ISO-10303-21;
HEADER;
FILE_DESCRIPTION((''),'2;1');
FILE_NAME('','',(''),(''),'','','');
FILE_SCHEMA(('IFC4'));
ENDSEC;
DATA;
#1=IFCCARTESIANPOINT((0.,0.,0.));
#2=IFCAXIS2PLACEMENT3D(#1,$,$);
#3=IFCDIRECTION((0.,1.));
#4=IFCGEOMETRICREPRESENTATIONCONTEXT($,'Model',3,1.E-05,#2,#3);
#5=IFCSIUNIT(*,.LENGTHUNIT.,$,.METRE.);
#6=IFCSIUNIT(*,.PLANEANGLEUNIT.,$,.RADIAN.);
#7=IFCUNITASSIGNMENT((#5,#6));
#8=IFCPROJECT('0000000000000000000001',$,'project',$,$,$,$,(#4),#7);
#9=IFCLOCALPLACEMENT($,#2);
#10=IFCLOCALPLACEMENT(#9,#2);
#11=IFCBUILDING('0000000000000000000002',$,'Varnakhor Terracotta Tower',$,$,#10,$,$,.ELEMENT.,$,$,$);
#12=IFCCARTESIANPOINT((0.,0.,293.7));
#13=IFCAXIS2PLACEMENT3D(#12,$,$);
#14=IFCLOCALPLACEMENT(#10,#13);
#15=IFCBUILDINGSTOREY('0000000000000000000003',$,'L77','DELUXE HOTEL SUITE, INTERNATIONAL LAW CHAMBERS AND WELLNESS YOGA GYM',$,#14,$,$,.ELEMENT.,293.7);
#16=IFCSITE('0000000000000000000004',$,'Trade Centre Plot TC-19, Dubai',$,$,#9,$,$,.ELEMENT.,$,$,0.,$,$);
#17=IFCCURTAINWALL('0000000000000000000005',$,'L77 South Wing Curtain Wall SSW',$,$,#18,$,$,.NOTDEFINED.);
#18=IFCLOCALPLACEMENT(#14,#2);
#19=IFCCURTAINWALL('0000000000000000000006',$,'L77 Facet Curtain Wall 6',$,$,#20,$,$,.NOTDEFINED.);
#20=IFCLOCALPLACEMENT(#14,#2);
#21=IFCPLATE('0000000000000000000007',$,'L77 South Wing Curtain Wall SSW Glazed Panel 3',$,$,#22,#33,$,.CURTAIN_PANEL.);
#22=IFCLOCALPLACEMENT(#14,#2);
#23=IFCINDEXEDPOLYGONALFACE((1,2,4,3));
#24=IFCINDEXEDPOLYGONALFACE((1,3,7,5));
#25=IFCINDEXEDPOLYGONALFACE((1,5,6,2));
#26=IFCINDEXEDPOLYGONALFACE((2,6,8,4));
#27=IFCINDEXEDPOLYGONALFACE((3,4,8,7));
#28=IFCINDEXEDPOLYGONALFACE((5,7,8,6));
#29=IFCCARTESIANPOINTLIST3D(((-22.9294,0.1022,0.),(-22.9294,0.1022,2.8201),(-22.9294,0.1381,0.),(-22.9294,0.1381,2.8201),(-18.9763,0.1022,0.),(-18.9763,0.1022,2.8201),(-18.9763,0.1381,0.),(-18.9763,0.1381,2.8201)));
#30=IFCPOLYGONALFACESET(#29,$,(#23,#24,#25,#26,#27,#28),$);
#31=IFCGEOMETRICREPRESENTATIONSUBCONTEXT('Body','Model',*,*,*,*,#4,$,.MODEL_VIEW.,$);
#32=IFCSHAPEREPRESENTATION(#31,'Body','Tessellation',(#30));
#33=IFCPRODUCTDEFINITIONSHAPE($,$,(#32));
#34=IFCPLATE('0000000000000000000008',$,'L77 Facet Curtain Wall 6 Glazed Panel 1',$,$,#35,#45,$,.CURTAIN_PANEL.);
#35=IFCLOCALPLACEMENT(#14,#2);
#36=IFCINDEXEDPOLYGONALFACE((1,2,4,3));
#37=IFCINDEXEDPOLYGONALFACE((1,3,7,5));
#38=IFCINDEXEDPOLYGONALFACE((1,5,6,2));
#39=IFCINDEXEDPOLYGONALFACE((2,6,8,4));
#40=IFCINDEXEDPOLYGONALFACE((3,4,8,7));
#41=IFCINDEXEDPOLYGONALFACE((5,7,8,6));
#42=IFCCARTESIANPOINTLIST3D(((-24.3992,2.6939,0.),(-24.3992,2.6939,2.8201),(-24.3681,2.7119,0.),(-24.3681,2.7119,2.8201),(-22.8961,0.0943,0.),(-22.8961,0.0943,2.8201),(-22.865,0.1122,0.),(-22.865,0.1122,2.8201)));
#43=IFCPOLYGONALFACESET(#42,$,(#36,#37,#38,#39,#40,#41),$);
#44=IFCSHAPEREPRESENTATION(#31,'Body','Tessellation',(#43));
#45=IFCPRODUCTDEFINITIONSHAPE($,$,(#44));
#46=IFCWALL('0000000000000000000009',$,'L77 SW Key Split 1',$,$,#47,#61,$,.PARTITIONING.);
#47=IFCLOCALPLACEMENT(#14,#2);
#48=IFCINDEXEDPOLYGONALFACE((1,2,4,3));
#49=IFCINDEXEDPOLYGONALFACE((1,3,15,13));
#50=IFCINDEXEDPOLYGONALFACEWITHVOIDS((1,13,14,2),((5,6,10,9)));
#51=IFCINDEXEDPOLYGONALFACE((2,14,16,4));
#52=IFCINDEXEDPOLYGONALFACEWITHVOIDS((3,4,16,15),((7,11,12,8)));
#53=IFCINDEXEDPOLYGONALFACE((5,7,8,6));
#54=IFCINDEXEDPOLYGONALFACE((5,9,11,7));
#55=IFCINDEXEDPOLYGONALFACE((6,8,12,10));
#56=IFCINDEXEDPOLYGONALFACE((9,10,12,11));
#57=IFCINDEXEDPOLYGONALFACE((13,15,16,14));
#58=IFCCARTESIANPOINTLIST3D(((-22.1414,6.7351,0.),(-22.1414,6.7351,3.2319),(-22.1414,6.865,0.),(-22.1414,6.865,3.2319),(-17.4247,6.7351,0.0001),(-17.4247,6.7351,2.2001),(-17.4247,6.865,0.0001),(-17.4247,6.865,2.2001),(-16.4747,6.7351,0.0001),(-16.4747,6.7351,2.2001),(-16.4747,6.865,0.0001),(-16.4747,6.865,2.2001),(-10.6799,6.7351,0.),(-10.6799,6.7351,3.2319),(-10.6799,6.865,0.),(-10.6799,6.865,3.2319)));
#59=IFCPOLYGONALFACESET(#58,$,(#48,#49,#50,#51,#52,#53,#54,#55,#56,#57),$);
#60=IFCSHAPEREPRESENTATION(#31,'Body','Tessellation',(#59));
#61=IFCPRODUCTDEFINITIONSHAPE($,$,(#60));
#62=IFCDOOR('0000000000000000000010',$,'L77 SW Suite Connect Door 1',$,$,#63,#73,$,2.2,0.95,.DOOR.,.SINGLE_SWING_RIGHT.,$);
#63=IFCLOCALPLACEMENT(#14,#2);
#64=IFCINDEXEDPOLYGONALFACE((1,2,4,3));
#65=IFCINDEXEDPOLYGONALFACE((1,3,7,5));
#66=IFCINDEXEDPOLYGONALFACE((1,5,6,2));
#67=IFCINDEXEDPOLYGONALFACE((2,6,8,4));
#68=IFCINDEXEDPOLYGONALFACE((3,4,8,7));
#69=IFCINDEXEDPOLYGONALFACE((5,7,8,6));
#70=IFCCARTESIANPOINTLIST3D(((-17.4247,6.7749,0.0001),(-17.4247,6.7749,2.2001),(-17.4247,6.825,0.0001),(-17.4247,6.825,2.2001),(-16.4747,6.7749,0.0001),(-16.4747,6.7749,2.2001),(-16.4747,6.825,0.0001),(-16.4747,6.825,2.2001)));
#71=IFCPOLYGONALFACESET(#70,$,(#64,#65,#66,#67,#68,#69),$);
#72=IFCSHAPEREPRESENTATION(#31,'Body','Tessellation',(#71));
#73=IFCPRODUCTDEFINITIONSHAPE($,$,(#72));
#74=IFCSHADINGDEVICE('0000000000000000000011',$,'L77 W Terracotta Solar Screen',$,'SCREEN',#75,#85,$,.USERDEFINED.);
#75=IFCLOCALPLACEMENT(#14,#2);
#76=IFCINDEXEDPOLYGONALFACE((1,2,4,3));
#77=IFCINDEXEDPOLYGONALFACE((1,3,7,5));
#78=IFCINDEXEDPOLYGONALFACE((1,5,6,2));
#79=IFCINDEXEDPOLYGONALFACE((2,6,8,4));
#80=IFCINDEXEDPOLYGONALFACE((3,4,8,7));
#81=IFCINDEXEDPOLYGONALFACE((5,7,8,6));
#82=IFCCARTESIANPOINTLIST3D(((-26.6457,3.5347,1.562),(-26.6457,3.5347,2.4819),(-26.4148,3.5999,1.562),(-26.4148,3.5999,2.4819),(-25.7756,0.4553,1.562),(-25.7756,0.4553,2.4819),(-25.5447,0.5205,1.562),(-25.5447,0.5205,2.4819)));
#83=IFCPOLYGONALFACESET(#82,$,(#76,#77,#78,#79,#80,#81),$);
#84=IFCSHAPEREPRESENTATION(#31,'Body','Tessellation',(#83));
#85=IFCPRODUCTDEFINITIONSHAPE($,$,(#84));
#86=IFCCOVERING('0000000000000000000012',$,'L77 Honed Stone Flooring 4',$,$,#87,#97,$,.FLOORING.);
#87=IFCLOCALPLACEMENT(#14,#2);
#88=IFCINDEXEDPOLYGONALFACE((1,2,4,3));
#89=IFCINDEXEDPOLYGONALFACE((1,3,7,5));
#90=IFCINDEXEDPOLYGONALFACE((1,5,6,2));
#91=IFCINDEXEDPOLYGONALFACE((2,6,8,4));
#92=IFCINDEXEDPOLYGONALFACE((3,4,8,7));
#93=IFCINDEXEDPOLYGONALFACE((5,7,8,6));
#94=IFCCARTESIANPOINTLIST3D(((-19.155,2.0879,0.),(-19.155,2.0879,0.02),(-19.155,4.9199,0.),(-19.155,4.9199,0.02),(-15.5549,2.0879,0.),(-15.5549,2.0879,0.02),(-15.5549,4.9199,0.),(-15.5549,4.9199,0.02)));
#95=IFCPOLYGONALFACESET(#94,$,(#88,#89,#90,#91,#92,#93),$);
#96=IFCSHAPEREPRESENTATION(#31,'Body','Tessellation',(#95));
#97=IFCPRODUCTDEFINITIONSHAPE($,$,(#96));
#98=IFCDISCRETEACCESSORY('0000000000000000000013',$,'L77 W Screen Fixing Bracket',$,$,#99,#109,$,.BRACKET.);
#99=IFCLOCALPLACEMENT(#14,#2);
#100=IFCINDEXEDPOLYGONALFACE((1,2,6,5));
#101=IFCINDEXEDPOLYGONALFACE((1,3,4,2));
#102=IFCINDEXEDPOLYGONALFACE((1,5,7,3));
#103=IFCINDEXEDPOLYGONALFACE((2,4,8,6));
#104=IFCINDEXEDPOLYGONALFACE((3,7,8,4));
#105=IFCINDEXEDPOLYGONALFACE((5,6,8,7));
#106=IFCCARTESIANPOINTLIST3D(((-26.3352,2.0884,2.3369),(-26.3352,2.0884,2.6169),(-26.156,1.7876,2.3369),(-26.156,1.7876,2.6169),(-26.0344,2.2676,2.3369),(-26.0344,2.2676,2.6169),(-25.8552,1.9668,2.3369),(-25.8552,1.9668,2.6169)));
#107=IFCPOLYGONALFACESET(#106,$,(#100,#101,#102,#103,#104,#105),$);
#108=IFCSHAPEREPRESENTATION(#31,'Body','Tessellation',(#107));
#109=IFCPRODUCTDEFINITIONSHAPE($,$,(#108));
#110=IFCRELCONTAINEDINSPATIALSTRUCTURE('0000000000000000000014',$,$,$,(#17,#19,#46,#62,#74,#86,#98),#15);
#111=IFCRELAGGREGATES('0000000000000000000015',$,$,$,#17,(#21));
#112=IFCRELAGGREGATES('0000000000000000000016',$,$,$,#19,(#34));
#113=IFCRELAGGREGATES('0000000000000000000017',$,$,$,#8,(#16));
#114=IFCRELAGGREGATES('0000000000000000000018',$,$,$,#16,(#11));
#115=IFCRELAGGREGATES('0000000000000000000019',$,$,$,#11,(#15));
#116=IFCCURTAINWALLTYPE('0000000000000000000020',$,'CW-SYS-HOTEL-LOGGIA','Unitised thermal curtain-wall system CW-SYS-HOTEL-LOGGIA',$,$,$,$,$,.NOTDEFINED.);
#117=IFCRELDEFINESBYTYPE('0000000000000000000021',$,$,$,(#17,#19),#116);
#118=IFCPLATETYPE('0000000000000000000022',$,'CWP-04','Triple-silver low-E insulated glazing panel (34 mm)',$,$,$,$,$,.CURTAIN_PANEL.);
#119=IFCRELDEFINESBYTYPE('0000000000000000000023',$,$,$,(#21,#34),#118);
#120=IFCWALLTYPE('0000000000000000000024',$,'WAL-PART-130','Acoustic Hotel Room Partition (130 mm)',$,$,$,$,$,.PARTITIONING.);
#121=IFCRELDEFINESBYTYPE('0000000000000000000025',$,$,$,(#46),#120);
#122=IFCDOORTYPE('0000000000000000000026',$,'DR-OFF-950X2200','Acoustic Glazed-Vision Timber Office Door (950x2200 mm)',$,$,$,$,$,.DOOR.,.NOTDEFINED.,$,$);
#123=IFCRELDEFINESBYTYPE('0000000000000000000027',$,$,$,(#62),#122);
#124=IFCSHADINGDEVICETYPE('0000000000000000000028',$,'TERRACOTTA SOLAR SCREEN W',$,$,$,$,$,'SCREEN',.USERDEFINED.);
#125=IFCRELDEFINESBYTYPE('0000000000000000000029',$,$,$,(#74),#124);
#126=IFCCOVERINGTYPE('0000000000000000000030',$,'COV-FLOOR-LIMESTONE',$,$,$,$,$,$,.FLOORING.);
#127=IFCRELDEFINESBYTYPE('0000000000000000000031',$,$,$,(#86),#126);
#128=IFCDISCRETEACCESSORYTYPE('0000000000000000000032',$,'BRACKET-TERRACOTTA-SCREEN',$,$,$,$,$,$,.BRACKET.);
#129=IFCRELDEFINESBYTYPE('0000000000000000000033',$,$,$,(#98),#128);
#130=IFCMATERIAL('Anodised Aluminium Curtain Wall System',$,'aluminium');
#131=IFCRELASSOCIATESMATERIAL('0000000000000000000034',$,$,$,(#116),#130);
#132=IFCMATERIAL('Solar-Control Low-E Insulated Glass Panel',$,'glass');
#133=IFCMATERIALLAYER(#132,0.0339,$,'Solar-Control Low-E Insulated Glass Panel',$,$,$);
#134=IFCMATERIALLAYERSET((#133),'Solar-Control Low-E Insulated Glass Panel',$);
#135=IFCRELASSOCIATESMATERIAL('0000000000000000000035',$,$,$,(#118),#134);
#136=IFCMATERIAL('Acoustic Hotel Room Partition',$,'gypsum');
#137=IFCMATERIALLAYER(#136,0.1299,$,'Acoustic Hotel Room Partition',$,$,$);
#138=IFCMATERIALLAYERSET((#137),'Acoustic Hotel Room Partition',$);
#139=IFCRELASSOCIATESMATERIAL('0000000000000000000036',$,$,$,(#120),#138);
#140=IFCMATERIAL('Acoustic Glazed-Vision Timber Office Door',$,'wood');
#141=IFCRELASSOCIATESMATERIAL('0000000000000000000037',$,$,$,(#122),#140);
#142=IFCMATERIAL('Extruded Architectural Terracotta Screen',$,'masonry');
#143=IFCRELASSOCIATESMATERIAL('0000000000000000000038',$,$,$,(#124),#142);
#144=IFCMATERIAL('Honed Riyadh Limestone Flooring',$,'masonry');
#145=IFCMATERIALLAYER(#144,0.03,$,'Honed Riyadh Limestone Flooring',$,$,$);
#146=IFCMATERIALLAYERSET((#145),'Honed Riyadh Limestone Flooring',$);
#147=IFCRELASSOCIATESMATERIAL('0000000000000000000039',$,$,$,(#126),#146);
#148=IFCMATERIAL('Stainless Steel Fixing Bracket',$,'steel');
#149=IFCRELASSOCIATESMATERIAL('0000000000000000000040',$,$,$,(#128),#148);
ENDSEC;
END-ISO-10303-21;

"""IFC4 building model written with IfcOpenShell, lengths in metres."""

from ifc_helpers import new_model, si_unit, direction, frame, frame_2d, origin, origin_2d, place, context, subcontext, project, spatial, rectangle, extrude, source, transform, mapped, material, layer, layer_set, type_object, type_shapes, element, fill, aggregate, save


model = new_model("IFC4")

# Units and contexts
model_context = context("Model", 3, precision=1e-05, world=origin(), true_north=direction((0.0, 1.0)))
body_context = subcontext(model_context, "Body", "Model", "MODEL_VIEW")
ifc_project = project(units=[si_unit("LENGTHUNIT", "METRE"), si_unit("PLANEANGLEUNIT", "RADIAN")], contexts=[model_context])

# Site, building, storey
site_placement = place(None, origin())
site = spatial("IfcSite", under=ifc_project, at=site_placement, Name="Trade Centre Plot TC-19, Dubai", CompositionType="ELEMENT", RefElevation=0.0)
building_placement = place(site_placement, origin())
building = spatial("IfcBuilding", under=site, at=building_placement, Name="Varnakhor Terracotta Tower", CompositionType="ELEMENT")
storey_placement = place(building_placement, frame((0.0, 0.0, 293.7)))
storey = spatial("IfcBuildingStorey", under=building, at=storey_placement, Name="L77", Description="DELUXE HOTEL SUITE, INTERNATIONAL LAW CHAMBERS AND WELLNESS YOGA GYM", CompositionType="ELEMENT", Elevation=293.7)

# Curtain wall
ifc_material_1 = material(Name="Anodised Aluminium Curtain Wall System", Category="aluminium")
curtain_wall_type = type_object("IfcCurtainWallType", Name="CW-SYS-HOTEL-LOGGIA", Description="Unitised thermal curtain-wall system CW-SYS-HOTEL-LOGGIA", PredefinedType="NOTDEFINED", material=ifc_material_1)
curtain_wall_1_placement = place(storey_placement, origin())
curtain_wall_1 = element("IfcCurtainWall", 1, at=curtain_wall_1_placement, inside=storey, type_object=curtain_wall_type, Name="L77 South Wing Curtain Wall SSW", PredefinedType="NOTDEFINED")

# Curtain wall
curtain_wall_2_placement = place(storey_placement, origin())
curtain_wall_2 = element("IfcCurtainWall", 2, at=curtain_wall_2_placement, inside=storey, type_object=curtain_wall_type, Name="L77 Facet Curtain Wall 6", PredefinedType="NOTDEFINED")

# Plates
ifc_material_2 = material(Name="Solar-Control Low-E Insulated Glass Panel", Category="glass")
ifc_layer_1 = layer(ifc_material_2, 0.0339, Name="Solar-Control Low-E Insulated Glass Panel")
ifc_layer_set_1 = layer_set([ifc_layer_1], Name="Solar-Control Low-E Insulated Glass Panel")
plate_type = type_object("IfcPlateType", Name="CWP-04", Description="Triple-silver low-E insulated glazing panel (34 mm)", PredefinedType="CURTAIN_PANEL", material=ifc_layer_set_1)
shared_shape_1 = source(origin(), body_context, "Body", "SweptSolid", [
    extrude(rectangle(XDim=3.9531, YDim=0.0359, at=origin_2d()), origin(), (0.0, 0.0, 1.0), 2.8201),
])
plate_1_placement = place(storey_placement, frame((-20.9529, 0.1201, 0.0), z_axis=(0.0, 0.0, 1.0), x_axis=(-1.0, 0.0, 0.0)))
plate_1 = element("IfcPlate", 3, at=plate_1_placement, type_object=plate_type, Name="L77 South Wing Curtain Wall SSW Glazed Panel 3", PredefinedType="CURTAIN_PANEL", context=body_context, shape_type="MappedRepresentation", body=[
    mapped(shared_shape_1, transform((0.0, 0.0, 0.0), scale=1.0)),
])
aggregate(curtain_wall_1, [plate_1])
shared_shape_2 = source(origin(), body_context, "Body", "SweptSolid", [
    extrude(rectangle(XDim=3.0029, YDim=0.0359, at=origin_2d()), origin(), (0.0, 0.0, 1.0), 2.8201),
])
plate_2_placement = place(storey_placement, frame((-23.6321, 1.4031, 0.0), z_axis=(0.0, 0.0, 1.0), x_axis=(-0.500544, 0.865711, 0.0)))
plate_2 = element("IfcPlate", 4, at=plate_2_placement, type_object=plate_type, Name="L77 Facet Curtain Wall 6 Glazed Panel 1", PredefinedType="CURTAIN_PANEL", context=body_context, shape_type="MappedRepresentation", body=[
    mapped(shared_shape_2, transform((0.0, 0.0, 0.0), scale=1.0)),
])
aggregate(curtain_wall_2, [plate_2])

# Wall, opening, door
ifc_material_3 = material(Name="Acoustic Hotel Room Partition", Category="gypsum")
ifc_layer_2 = layer(ifc_material_3, 0.1299, Name="Acoustic Hotel Room Partition")
ifc_layer_set_2 = layer_set([ifc_layer_2], Name="Acoustic Hotel Room Partition")
wall_type = type_object("IfcWallType", Name="WAL-PART-130", Description="Acoustic Hotel Room Partition (130 mm)", PredefinedType="PARTITIONING", material=ifc_layer_set_2)
wall_placement = place(storey_placement, frame((-22.1414, 6.8, 0.0), z_axis=(0.0, 0.0, 1.0), x_axis=(1.0, 0.0, 0.0)))
wall = element("IfcWall", 5, at=wall_placement, inside=storey, type_object=wall_type, Name="L77 SW Key Split 1", PredefinedType="PARTITIONING", context=body_context, shape_type="SweptSolid", body=[
    extrude(rectangle(XDim=11.4614, YDim=0.1299, at=frame_2d((5.7307, 0.0))), origin(), (0.0, 0.0, 1.0), 3.2319),
])
opening_placement = place(wall_placement, frame((4.7166, 0.0, 0.0)))
opening = element("IfcOpeningElement", 6, at=opening_placement, cuts=wall, PredefinedType="OPENING", context=body_context, shape_type="SweptSolid", body=[
    extrude(rectangle(XDim=0.95, YDim=2.2, at=frame_2d((0.4751, 1.1001))), frame((0.0, 0.075, 0.0), z_axis=(0.0, -1.0, 0.0), x_axis=(1.0, 0.0, 0.0)), (0.0, 0.0, 1.0), 0.1499),
])
ifc_material_4 = material(Name="Acoustic Glazed-Vision Timber Office Door", Category="wood")
door_type = type_object("IfcDoorType", Name="DR-OFF-950X2200", Description="Acoustic Glazed-Vision Timber Office Door (950x2200 mm)", OperationType="NOTDEFINED", PredefinedType="DOOR", material=ifc_material_4)
shared_shape_3 = source(origin(), body_context, "Body", "SweptSolid", [
    extrude(rectangle(XDim=0.95, YDim=2.2, at=frame_2d((0.4751, 1.1001))), frame((0.0, 0.0249, 0.0), z_axis=(0.0, -1.0, 0.0), x_axis=(1.0, 0.0, 0.0)), (0.0, 0.0, 1.0), 0.05),
])
type_shapes(door_type, [shared_shape_3])
door_placement = place(opening_placement, origin())
door = element("IfcDoor", 7, at=door_placement, inside=storey, type_object=door_type, Name="L77 SW Suite Connect Door 1", OperationType="SINGLE_SWING_RIGHT", OverallHeight=2.2, OverallWidth=0.95, PredefinedType="DOOR", context=body_context, shape_type="MappedRepresentation", body=[
    mapped(shared_shape_3, transform((0.0, 0.0, 0.0), scale=1.0)),
])
fill(opening, door)

# Shading device
ifc_material_5 = material(Name="Extruded Architectural Terracotta Screen", Category="masonry")
shading_device_type = type_object("IfcShadingDeviceType", Name="TERRACOTTA SOLAR SCREEN W", ElementType="SCREEN", PredefinedType="USERDEFINED", material=ifc_material_5)
shared_shape_4 = source(origin(), body_context, "Body", "SweptSolid", [
    extrude(rectangle(XDim=3.2, YDim=0.24, at=origin_2d()), origin(), (0.0, 0.0, 1.0), 0.9199),
])
type_shapes(shading_device_type, [shared_shape_4])
shading_device_placement = place(storey_placement, frame((-26.0952, 2.0276, 1.562), z_axis=(0.0, 0.0, 1.0), x_axis=(0.271911, -0.962322, 0.0)))
element("IfcShadingDevice", 8, at=shading_device_placement, inside=storey, type_object=shading_device_type, Name="L77 W Terracotta Solar Screen", ObjectType="SCREEN", PredefinedType="USERDEFINED", context=body_context, shape_type="MappedRepresentation", body=[
    mapped(shared_shape_4, transform((0.0, 0.0, 0.0), scale=1.0)),
])

# Covering
ifc_material_6 = material(Name="Honed Riyadh Limestone Flooring", Category="masonry")
ifc_layer_3 = layer(ifc_material_6, 0.03, Name="Honed Riyadh Limestone Flooring")
ifc_layer_set_3 = layer_set([ifc_layer_3], Name="Honed Riyadh Limestone Flooring")
covering_type = type_object("IfcCoveringType", Name="COV-FLOOR-LIMESTONE", PredefinedType="FLOORING", material=ifc_layer_set_3)
shared_shape_5 = source(origin(), body_context, "Body", "SweptSolid", [
    extrude(rectangle(XDim=3.6001, YDim=2.832, at=origin_2d()), origin(), (0.0, 0.0, 1.0), 0.02),
])
covering_placement = place(storey_placement, frame((-17.355, 3.5039, 0.0), z_axis=(0.0, 0.0, 1.0), x_axis=(1.0, 0.0, 0.0)))
element("IfcCovering", 9, at=covering_placement, inside=storey, type_object=covering_type, Name="L77 Honed Stone Flooring 4", PredefinedType="FLOORING", context=body_context, shape_type="MappedRepresentation", body=[
    mapped(shared_shape_5, transform((0.0, 0.0, 0.0), scale=1.0)),
])

# Discrete accessory
ifc_material_7 = material(Name="Stainless Steel Fixing Bracket", Category="steel")
discrete_accessory_type = type_object("IfcDiscreteAccessoryType", Name="BRACKET-TERRACOTTA-SCREEN", PredefinedType="BRACKET", material=ifc_material_7)
shared_shape_6 = source(origin(), body_context, "Body", "SweptSolid", [
    extrude(rectangle(XDim=0.3501, YDim=0.3501, at=origin_2d()), origin(), (0.0, 0.0, 1.0), 0.28),
])
type_shapes(discrete_accessory_type, [shared_shape_6])
discrete_accessory_placement = place(storey_placement, frame((-26.0952, 2.0276, 2.3369), z_axis=(0.0, 0.0, 1.0), x_axis=(0.511713, -0.859156, 0.0)))
element("IfcDiscreteAccessory", 10, at=discrete_accessory_placement, inside=storey, type_object=discrete_accessory_type, Name="L77 W Screen Fixing Bracket", PredefinedType="BRACKET", context=body_context, shape_type="MappedRepresentation", body=[
    mapped(shared_shape_6, transform((0.0, 0.0, 0.0), scale=1.0)),
])

save(model, "model.ifc")
